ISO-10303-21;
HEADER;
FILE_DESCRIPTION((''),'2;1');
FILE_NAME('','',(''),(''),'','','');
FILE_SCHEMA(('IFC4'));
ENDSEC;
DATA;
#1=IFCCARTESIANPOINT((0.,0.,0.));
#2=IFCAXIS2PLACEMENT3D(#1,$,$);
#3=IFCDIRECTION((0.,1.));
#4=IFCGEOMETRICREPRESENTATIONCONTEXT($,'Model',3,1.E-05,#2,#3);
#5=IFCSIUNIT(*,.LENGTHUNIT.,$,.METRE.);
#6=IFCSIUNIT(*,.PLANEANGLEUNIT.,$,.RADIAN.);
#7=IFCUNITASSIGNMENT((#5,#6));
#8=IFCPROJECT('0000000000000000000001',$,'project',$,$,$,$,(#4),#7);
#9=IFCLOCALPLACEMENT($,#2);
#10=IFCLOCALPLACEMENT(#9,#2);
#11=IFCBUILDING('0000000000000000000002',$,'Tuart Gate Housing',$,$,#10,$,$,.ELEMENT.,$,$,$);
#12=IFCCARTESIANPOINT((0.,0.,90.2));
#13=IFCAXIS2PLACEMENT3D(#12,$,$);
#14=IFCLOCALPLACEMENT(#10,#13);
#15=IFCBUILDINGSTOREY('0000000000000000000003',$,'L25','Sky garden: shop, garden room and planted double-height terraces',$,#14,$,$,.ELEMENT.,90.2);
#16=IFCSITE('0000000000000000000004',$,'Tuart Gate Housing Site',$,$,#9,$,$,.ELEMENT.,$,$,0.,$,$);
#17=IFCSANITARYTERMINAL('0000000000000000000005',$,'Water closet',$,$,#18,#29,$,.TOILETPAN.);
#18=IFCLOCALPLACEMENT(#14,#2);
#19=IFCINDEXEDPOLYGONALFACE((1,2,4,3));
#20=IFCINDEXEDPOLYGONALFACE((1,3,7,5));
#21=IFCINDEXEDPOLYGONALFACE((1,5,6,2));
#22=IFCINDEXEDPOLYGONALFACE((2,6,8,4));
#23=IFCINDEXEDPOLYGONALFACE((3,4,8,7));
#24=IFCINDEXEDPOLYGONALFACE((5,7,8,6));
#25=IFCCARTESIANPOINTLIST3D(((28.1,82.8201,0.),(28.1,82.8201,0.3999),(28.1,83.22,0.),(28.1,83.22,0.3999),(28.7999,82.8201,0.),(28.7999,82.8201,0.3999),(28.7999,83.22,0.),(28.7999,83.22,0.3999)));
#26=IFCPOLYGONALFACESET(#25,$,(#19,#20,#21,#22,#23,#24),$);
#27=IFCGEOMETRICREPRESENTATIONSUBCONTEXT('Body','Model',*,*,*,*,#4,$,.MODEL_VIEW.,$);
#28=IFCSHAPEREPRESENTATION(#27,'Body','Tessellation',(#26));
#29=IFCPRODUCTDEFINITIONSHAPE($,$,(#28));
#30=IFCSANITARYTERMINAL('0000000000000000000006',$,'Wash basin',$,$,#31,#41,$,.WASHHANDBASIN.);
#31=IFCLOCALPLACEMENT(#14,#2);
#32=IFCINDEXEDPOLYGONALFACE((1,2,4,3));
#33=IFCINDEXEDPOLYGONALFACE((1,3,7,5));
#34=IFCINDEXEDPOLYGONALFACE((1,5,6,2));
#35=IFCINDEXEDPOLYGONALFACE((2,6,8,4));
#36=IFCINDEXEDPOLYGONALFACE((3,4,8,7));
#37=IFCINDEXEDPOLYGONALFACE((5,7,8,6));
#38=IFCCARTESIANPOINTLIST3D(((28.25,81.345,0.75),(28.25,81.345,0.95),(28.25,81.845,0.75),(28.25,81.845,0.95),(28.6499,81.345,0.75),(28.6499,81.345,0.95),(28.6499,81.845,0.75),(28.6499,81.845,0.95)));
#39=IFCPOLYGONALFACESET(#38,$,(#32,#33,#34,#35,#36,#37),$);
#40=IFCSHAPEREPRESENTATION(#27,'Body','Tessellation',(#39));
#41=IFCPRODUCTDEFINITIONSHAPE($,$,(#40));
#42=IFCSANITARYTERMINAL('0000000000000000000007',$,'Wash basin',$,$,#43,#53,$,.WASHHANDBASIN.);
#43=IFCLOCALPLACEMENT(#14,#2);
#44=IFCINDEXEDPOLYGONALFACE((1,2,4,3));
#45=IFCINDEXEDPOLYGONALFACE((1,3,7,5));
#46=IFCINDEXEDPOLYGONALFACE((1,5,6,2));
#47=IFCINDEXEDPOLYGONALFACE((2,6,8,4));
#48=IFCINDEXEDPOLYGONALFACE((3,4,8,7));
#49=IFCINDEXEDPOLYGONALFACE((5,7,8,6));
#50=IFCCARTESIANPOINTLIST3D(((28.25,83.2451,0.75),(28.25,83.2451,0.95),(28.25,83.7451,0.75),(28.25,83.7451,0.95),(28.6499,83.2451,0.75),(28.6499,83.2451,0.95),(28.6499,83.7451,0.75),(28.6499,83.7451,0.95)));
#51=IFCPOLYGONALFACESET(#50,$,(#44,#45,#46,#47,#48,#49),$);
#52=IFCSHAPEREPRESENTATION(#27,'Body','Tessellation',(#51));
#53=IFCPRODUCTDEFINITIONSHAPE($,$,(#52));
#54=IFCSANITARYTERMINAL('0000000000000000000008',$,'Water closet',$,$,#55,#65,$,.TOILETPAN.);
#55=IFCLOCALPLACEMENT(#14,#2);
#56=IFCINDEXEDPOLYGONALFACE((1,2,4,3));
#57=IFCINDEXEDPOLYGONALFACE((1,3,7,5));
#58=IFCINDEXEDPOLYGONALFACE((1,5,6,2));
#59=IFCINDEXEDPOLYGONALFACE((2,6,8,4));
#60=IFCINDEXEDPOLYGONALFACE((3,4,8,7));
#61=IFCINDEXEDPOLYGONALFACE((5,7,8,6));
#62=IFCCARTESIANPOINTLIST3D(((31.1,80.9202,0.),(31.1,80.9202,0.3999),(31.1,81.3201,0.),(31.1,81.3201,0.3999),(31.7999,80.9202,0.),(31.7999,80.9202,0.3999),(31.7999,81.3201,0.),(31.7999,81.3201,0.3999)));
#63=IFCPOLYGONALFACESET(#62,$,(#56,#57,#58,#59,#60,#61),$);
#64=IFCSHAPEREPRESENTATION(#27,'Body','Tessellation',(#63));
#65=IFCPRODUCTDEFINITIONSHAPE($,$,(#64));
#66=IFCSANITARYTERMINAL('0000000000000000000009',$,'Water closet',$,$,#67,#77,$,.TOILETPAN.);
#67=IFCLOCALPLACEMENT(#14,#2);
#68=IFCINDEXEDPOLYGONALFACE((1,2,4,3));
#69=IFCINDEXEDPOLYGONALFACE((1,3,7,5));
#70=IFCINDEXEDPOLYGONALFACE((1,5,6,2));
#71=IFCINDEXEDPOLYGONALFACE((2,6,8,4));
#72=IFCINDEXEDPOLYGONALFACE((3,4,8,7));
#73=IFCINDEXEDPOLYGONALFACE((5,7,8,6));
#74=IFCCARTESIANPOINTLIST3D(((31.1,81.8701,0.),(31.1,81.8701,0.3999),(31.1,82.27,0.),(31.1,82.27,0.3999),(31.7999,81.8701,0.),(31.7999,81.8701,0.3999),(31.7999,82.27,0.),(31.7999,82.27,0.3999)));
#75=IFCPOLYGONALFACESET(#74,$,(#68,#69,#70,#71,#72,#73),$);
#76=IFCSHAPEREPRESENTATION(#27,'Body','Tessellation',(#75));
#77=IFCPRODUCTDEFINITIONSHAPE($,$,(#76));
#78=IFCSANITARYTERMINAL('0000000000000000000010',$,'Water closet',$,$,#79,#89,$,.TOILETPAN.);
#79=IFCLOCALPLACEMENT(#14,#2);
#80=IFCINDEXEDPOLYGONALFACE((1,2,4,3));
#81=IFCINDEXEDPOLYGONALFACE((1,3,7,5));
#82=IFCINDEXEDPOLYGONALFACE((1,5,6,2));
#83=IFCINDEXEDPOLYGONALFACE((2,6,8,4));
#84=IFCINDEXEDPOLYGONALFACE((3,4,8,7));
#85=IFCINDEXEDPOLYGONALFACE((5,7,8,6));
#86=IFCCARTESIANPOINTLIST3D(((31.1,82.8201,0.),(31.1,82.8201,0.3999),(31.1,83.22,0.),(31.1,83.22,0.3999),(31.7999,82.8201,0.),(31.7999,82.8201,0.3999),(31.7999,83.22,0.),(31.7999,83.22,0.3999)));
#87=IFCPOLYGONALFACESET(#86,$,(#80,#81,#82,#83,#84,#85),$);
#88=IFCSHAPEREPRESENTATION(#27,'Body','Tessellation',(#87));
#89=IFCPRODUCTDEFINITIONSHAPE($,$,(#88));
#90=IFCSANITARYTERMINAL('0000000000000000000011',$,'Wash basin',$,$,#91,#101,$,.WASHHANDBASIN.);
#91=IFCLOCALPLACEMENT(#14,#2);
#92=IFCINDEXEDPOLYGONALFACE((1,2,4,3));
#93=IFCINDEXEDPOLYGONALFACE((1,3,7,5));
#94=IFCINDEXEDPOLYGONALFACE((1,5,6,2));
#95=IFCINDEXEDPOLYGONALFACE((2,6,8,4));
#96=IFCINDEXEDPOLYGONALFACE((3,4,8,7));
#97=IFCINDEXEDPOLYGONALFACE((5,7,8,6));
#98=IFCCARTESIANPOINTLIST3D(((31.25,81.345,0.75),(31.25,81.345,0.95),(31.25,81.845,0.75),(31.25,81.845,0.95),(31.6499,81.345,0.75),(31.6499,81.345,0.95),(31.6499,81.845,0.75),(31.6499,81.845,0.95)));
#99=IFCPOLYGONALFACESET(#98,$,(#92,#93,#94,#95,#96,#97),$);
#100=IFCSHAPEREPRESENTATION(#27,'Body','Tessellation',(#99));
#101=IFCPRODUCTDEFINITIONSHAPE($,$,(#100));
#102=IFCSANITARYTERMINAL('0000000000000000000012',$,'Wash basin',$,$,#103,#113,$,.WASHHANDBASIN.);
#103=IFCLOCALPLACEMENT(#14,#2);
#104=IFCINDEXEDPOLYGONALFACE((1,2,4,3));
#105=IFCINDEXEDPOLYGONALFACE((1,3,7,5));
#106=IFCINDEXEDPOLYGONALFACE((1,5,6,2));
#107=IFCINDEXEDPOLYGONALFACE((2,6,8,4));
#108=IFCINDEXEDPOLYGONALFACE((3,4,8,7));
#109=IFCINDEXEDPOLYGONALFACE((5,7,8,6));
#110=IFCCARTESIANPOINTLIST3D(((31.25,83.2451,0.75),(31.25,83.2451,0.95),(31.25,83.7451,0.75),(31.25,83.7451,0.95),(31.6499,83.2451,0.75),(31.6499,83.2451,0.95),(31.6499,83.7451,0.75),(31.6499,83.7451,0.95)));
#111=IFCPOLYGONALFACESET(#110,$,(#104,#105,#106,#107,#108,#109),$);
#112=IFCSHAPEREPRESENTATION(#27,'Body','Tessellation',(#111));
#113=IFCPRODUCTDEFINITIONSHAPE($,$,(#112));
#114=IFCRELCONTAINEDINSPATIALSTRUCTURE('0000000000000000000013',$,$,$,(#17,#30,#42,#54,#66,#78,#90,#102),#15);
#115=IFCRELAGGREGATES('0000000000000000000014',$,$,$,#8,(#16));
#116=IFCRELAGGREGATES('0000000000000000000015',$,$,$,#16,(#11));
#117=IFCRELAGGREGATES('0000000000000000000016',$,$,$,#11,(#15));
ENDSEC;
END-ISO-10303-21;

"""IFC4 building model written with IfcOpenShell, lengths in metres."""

from ifc_helpers import new_model, si_unit, direction, frame, origin, origin_2d, place, context, subcontext, project, spatial, rectangle, extrude, element, save


model = new_model("IFC4")

# Units and contexts
model_context = context("Model", 3, precision=1e-05, world=origin(), true_north=direction((0.0, 1.0)))
body_context = subcontext(model_context, "Body", "Model", "MODEL_VIEW")
ifc_project = project(units=[si_unit("LENGTHUNIT", "METRE"), si_unit("PLANEANGLEUNIT", "RADIAN")], contexts=[model_context])

# Site, building, storey
site_placement = place(None, origin())
site = spatial("IfcSite", under=ifc_project, at=site_placement, Name="Tuart Gate Housing Site", CompositionType="ELEMENT", RefElevation=0.0)
building_placement = place(site_placement, origin())
building = spatial("IfcBuilding", under=site, at=building_placement, Name="Tuart Gate Housing", CompositionType="ELEMENT")
storey_placement = place(building_placement, frame((0.0, 0.0, 90.2)))
storey = spatial("IfcBuildingStorey", under=building, at=storey_placement, Name="L25", Description="Sky garden: shop, garden room and planted double-height terraces", CompositionType="ELEMENT", Elevation=90.2)

# Sanitary terminals
for number, where, z_axis, x_axis, name in (
    (1, (28.45, 83.02, 0.0), (0.0, 0.0, 1.0), (1.0, 0.0, 0.0), "Water closet"),
):
    element("IfcSanitaryTerminal", number, at=place(storey_placement, frame(where, z_axis=z_axis, x_axis=x_axis)), inside=storey, Name=name, PredefinedType="TOILETPAN", context=body_context, shape_type="SweptSolid", body=[
        extrude(rectangle(XDim=0.7, YDim=0.3999, at=origin_2d()), origin(), (0.0, 0.0, 1.0), 0.3999),
    ])
for number, where, z_axis, x_axis, name in (
    (2, (28.45, 81.595, 0.75), (0.0, 0.0, 1.0), (1.0, 0.0, 0.0), "Wash basin"),
    (3, (28.45, 83.4951, 0.75), (0.0, 0.0, 1.0), (1.0, 0.0, 0.0), "Wash basin"),
):
    element("IfcSanitaryTerminal", number, at=place(storey_placement, frame(where, z_axis=z_axis, x_axis=x_axis)), inside=storey, Name=name, PredefinedType="WASHHANDBASIN", context=body_context, shape_type="SweptSolid", body=[
        extrude(rectangle(XDim=0.3999, YDim=0.5, at=origin_2d()), origin(), (0.0, 0.0, 1.0), 0.2),
    ])
for number, where, z_axis, x_axis, name in (
    (4, (31.45, 81.1201, 0.0), (0.0, 0.0, 1.0), (1.0, 0.0, 0.0), "Water closet"),
    (5, (31.45, 82.0701, 0.0), (0.0, 0.0, 1.0), (1.0, 0.0, 0.0), "Water closet"),
    (6, (31.45, 83.02, 0.0), (0.0, 0.0, 1.0), (1.0, 0.0, 0.0), "Water closet"),
):
    element("IfcSanitaryTerminal", number, at=place(storey_placement, frame(where, z_axis=z_axis, x_axis=x_axis)), inside=storey, Name=name, PredefinedType="TOILETPAN", context=body_context, shape_type="SweptSolid", body=[
        extrude(rectangle(XDim=0.7, YDim=0.3999, at=origin_2d()), origin(), (0.0, 0.0, 1.0), 0.3999),
    ])
for number, where, z_axis, x_axis, name in (
    (7, (31.45, 81.595, 0.75), (0.0, 0.0, 1.0), (1.0, 0.0, 0.0), "Wash basin"),
    (8, (31.45, 83.4951, 0.75), (0.0, 0.0, 1.0), (1.0, 0.0, 0.0), "Wash basin"),
):
    element("IfcSanitaryTerminal", number, at=place(storey_placement, frame(where, z_axis=z_axis, x_axis=x_axis)), inside=storey, Name=name, PredefinedType="WASHHANDBASIN", context=body_context, shape_type="SweptSolid", body=[
        extrude(rectangle(XDim=0.3999, YDim=0.5, at=origin_2d()), origin(), (0.0, 0.0, 1.0), 0.2),
    ])

save(model, "model.ifc")
